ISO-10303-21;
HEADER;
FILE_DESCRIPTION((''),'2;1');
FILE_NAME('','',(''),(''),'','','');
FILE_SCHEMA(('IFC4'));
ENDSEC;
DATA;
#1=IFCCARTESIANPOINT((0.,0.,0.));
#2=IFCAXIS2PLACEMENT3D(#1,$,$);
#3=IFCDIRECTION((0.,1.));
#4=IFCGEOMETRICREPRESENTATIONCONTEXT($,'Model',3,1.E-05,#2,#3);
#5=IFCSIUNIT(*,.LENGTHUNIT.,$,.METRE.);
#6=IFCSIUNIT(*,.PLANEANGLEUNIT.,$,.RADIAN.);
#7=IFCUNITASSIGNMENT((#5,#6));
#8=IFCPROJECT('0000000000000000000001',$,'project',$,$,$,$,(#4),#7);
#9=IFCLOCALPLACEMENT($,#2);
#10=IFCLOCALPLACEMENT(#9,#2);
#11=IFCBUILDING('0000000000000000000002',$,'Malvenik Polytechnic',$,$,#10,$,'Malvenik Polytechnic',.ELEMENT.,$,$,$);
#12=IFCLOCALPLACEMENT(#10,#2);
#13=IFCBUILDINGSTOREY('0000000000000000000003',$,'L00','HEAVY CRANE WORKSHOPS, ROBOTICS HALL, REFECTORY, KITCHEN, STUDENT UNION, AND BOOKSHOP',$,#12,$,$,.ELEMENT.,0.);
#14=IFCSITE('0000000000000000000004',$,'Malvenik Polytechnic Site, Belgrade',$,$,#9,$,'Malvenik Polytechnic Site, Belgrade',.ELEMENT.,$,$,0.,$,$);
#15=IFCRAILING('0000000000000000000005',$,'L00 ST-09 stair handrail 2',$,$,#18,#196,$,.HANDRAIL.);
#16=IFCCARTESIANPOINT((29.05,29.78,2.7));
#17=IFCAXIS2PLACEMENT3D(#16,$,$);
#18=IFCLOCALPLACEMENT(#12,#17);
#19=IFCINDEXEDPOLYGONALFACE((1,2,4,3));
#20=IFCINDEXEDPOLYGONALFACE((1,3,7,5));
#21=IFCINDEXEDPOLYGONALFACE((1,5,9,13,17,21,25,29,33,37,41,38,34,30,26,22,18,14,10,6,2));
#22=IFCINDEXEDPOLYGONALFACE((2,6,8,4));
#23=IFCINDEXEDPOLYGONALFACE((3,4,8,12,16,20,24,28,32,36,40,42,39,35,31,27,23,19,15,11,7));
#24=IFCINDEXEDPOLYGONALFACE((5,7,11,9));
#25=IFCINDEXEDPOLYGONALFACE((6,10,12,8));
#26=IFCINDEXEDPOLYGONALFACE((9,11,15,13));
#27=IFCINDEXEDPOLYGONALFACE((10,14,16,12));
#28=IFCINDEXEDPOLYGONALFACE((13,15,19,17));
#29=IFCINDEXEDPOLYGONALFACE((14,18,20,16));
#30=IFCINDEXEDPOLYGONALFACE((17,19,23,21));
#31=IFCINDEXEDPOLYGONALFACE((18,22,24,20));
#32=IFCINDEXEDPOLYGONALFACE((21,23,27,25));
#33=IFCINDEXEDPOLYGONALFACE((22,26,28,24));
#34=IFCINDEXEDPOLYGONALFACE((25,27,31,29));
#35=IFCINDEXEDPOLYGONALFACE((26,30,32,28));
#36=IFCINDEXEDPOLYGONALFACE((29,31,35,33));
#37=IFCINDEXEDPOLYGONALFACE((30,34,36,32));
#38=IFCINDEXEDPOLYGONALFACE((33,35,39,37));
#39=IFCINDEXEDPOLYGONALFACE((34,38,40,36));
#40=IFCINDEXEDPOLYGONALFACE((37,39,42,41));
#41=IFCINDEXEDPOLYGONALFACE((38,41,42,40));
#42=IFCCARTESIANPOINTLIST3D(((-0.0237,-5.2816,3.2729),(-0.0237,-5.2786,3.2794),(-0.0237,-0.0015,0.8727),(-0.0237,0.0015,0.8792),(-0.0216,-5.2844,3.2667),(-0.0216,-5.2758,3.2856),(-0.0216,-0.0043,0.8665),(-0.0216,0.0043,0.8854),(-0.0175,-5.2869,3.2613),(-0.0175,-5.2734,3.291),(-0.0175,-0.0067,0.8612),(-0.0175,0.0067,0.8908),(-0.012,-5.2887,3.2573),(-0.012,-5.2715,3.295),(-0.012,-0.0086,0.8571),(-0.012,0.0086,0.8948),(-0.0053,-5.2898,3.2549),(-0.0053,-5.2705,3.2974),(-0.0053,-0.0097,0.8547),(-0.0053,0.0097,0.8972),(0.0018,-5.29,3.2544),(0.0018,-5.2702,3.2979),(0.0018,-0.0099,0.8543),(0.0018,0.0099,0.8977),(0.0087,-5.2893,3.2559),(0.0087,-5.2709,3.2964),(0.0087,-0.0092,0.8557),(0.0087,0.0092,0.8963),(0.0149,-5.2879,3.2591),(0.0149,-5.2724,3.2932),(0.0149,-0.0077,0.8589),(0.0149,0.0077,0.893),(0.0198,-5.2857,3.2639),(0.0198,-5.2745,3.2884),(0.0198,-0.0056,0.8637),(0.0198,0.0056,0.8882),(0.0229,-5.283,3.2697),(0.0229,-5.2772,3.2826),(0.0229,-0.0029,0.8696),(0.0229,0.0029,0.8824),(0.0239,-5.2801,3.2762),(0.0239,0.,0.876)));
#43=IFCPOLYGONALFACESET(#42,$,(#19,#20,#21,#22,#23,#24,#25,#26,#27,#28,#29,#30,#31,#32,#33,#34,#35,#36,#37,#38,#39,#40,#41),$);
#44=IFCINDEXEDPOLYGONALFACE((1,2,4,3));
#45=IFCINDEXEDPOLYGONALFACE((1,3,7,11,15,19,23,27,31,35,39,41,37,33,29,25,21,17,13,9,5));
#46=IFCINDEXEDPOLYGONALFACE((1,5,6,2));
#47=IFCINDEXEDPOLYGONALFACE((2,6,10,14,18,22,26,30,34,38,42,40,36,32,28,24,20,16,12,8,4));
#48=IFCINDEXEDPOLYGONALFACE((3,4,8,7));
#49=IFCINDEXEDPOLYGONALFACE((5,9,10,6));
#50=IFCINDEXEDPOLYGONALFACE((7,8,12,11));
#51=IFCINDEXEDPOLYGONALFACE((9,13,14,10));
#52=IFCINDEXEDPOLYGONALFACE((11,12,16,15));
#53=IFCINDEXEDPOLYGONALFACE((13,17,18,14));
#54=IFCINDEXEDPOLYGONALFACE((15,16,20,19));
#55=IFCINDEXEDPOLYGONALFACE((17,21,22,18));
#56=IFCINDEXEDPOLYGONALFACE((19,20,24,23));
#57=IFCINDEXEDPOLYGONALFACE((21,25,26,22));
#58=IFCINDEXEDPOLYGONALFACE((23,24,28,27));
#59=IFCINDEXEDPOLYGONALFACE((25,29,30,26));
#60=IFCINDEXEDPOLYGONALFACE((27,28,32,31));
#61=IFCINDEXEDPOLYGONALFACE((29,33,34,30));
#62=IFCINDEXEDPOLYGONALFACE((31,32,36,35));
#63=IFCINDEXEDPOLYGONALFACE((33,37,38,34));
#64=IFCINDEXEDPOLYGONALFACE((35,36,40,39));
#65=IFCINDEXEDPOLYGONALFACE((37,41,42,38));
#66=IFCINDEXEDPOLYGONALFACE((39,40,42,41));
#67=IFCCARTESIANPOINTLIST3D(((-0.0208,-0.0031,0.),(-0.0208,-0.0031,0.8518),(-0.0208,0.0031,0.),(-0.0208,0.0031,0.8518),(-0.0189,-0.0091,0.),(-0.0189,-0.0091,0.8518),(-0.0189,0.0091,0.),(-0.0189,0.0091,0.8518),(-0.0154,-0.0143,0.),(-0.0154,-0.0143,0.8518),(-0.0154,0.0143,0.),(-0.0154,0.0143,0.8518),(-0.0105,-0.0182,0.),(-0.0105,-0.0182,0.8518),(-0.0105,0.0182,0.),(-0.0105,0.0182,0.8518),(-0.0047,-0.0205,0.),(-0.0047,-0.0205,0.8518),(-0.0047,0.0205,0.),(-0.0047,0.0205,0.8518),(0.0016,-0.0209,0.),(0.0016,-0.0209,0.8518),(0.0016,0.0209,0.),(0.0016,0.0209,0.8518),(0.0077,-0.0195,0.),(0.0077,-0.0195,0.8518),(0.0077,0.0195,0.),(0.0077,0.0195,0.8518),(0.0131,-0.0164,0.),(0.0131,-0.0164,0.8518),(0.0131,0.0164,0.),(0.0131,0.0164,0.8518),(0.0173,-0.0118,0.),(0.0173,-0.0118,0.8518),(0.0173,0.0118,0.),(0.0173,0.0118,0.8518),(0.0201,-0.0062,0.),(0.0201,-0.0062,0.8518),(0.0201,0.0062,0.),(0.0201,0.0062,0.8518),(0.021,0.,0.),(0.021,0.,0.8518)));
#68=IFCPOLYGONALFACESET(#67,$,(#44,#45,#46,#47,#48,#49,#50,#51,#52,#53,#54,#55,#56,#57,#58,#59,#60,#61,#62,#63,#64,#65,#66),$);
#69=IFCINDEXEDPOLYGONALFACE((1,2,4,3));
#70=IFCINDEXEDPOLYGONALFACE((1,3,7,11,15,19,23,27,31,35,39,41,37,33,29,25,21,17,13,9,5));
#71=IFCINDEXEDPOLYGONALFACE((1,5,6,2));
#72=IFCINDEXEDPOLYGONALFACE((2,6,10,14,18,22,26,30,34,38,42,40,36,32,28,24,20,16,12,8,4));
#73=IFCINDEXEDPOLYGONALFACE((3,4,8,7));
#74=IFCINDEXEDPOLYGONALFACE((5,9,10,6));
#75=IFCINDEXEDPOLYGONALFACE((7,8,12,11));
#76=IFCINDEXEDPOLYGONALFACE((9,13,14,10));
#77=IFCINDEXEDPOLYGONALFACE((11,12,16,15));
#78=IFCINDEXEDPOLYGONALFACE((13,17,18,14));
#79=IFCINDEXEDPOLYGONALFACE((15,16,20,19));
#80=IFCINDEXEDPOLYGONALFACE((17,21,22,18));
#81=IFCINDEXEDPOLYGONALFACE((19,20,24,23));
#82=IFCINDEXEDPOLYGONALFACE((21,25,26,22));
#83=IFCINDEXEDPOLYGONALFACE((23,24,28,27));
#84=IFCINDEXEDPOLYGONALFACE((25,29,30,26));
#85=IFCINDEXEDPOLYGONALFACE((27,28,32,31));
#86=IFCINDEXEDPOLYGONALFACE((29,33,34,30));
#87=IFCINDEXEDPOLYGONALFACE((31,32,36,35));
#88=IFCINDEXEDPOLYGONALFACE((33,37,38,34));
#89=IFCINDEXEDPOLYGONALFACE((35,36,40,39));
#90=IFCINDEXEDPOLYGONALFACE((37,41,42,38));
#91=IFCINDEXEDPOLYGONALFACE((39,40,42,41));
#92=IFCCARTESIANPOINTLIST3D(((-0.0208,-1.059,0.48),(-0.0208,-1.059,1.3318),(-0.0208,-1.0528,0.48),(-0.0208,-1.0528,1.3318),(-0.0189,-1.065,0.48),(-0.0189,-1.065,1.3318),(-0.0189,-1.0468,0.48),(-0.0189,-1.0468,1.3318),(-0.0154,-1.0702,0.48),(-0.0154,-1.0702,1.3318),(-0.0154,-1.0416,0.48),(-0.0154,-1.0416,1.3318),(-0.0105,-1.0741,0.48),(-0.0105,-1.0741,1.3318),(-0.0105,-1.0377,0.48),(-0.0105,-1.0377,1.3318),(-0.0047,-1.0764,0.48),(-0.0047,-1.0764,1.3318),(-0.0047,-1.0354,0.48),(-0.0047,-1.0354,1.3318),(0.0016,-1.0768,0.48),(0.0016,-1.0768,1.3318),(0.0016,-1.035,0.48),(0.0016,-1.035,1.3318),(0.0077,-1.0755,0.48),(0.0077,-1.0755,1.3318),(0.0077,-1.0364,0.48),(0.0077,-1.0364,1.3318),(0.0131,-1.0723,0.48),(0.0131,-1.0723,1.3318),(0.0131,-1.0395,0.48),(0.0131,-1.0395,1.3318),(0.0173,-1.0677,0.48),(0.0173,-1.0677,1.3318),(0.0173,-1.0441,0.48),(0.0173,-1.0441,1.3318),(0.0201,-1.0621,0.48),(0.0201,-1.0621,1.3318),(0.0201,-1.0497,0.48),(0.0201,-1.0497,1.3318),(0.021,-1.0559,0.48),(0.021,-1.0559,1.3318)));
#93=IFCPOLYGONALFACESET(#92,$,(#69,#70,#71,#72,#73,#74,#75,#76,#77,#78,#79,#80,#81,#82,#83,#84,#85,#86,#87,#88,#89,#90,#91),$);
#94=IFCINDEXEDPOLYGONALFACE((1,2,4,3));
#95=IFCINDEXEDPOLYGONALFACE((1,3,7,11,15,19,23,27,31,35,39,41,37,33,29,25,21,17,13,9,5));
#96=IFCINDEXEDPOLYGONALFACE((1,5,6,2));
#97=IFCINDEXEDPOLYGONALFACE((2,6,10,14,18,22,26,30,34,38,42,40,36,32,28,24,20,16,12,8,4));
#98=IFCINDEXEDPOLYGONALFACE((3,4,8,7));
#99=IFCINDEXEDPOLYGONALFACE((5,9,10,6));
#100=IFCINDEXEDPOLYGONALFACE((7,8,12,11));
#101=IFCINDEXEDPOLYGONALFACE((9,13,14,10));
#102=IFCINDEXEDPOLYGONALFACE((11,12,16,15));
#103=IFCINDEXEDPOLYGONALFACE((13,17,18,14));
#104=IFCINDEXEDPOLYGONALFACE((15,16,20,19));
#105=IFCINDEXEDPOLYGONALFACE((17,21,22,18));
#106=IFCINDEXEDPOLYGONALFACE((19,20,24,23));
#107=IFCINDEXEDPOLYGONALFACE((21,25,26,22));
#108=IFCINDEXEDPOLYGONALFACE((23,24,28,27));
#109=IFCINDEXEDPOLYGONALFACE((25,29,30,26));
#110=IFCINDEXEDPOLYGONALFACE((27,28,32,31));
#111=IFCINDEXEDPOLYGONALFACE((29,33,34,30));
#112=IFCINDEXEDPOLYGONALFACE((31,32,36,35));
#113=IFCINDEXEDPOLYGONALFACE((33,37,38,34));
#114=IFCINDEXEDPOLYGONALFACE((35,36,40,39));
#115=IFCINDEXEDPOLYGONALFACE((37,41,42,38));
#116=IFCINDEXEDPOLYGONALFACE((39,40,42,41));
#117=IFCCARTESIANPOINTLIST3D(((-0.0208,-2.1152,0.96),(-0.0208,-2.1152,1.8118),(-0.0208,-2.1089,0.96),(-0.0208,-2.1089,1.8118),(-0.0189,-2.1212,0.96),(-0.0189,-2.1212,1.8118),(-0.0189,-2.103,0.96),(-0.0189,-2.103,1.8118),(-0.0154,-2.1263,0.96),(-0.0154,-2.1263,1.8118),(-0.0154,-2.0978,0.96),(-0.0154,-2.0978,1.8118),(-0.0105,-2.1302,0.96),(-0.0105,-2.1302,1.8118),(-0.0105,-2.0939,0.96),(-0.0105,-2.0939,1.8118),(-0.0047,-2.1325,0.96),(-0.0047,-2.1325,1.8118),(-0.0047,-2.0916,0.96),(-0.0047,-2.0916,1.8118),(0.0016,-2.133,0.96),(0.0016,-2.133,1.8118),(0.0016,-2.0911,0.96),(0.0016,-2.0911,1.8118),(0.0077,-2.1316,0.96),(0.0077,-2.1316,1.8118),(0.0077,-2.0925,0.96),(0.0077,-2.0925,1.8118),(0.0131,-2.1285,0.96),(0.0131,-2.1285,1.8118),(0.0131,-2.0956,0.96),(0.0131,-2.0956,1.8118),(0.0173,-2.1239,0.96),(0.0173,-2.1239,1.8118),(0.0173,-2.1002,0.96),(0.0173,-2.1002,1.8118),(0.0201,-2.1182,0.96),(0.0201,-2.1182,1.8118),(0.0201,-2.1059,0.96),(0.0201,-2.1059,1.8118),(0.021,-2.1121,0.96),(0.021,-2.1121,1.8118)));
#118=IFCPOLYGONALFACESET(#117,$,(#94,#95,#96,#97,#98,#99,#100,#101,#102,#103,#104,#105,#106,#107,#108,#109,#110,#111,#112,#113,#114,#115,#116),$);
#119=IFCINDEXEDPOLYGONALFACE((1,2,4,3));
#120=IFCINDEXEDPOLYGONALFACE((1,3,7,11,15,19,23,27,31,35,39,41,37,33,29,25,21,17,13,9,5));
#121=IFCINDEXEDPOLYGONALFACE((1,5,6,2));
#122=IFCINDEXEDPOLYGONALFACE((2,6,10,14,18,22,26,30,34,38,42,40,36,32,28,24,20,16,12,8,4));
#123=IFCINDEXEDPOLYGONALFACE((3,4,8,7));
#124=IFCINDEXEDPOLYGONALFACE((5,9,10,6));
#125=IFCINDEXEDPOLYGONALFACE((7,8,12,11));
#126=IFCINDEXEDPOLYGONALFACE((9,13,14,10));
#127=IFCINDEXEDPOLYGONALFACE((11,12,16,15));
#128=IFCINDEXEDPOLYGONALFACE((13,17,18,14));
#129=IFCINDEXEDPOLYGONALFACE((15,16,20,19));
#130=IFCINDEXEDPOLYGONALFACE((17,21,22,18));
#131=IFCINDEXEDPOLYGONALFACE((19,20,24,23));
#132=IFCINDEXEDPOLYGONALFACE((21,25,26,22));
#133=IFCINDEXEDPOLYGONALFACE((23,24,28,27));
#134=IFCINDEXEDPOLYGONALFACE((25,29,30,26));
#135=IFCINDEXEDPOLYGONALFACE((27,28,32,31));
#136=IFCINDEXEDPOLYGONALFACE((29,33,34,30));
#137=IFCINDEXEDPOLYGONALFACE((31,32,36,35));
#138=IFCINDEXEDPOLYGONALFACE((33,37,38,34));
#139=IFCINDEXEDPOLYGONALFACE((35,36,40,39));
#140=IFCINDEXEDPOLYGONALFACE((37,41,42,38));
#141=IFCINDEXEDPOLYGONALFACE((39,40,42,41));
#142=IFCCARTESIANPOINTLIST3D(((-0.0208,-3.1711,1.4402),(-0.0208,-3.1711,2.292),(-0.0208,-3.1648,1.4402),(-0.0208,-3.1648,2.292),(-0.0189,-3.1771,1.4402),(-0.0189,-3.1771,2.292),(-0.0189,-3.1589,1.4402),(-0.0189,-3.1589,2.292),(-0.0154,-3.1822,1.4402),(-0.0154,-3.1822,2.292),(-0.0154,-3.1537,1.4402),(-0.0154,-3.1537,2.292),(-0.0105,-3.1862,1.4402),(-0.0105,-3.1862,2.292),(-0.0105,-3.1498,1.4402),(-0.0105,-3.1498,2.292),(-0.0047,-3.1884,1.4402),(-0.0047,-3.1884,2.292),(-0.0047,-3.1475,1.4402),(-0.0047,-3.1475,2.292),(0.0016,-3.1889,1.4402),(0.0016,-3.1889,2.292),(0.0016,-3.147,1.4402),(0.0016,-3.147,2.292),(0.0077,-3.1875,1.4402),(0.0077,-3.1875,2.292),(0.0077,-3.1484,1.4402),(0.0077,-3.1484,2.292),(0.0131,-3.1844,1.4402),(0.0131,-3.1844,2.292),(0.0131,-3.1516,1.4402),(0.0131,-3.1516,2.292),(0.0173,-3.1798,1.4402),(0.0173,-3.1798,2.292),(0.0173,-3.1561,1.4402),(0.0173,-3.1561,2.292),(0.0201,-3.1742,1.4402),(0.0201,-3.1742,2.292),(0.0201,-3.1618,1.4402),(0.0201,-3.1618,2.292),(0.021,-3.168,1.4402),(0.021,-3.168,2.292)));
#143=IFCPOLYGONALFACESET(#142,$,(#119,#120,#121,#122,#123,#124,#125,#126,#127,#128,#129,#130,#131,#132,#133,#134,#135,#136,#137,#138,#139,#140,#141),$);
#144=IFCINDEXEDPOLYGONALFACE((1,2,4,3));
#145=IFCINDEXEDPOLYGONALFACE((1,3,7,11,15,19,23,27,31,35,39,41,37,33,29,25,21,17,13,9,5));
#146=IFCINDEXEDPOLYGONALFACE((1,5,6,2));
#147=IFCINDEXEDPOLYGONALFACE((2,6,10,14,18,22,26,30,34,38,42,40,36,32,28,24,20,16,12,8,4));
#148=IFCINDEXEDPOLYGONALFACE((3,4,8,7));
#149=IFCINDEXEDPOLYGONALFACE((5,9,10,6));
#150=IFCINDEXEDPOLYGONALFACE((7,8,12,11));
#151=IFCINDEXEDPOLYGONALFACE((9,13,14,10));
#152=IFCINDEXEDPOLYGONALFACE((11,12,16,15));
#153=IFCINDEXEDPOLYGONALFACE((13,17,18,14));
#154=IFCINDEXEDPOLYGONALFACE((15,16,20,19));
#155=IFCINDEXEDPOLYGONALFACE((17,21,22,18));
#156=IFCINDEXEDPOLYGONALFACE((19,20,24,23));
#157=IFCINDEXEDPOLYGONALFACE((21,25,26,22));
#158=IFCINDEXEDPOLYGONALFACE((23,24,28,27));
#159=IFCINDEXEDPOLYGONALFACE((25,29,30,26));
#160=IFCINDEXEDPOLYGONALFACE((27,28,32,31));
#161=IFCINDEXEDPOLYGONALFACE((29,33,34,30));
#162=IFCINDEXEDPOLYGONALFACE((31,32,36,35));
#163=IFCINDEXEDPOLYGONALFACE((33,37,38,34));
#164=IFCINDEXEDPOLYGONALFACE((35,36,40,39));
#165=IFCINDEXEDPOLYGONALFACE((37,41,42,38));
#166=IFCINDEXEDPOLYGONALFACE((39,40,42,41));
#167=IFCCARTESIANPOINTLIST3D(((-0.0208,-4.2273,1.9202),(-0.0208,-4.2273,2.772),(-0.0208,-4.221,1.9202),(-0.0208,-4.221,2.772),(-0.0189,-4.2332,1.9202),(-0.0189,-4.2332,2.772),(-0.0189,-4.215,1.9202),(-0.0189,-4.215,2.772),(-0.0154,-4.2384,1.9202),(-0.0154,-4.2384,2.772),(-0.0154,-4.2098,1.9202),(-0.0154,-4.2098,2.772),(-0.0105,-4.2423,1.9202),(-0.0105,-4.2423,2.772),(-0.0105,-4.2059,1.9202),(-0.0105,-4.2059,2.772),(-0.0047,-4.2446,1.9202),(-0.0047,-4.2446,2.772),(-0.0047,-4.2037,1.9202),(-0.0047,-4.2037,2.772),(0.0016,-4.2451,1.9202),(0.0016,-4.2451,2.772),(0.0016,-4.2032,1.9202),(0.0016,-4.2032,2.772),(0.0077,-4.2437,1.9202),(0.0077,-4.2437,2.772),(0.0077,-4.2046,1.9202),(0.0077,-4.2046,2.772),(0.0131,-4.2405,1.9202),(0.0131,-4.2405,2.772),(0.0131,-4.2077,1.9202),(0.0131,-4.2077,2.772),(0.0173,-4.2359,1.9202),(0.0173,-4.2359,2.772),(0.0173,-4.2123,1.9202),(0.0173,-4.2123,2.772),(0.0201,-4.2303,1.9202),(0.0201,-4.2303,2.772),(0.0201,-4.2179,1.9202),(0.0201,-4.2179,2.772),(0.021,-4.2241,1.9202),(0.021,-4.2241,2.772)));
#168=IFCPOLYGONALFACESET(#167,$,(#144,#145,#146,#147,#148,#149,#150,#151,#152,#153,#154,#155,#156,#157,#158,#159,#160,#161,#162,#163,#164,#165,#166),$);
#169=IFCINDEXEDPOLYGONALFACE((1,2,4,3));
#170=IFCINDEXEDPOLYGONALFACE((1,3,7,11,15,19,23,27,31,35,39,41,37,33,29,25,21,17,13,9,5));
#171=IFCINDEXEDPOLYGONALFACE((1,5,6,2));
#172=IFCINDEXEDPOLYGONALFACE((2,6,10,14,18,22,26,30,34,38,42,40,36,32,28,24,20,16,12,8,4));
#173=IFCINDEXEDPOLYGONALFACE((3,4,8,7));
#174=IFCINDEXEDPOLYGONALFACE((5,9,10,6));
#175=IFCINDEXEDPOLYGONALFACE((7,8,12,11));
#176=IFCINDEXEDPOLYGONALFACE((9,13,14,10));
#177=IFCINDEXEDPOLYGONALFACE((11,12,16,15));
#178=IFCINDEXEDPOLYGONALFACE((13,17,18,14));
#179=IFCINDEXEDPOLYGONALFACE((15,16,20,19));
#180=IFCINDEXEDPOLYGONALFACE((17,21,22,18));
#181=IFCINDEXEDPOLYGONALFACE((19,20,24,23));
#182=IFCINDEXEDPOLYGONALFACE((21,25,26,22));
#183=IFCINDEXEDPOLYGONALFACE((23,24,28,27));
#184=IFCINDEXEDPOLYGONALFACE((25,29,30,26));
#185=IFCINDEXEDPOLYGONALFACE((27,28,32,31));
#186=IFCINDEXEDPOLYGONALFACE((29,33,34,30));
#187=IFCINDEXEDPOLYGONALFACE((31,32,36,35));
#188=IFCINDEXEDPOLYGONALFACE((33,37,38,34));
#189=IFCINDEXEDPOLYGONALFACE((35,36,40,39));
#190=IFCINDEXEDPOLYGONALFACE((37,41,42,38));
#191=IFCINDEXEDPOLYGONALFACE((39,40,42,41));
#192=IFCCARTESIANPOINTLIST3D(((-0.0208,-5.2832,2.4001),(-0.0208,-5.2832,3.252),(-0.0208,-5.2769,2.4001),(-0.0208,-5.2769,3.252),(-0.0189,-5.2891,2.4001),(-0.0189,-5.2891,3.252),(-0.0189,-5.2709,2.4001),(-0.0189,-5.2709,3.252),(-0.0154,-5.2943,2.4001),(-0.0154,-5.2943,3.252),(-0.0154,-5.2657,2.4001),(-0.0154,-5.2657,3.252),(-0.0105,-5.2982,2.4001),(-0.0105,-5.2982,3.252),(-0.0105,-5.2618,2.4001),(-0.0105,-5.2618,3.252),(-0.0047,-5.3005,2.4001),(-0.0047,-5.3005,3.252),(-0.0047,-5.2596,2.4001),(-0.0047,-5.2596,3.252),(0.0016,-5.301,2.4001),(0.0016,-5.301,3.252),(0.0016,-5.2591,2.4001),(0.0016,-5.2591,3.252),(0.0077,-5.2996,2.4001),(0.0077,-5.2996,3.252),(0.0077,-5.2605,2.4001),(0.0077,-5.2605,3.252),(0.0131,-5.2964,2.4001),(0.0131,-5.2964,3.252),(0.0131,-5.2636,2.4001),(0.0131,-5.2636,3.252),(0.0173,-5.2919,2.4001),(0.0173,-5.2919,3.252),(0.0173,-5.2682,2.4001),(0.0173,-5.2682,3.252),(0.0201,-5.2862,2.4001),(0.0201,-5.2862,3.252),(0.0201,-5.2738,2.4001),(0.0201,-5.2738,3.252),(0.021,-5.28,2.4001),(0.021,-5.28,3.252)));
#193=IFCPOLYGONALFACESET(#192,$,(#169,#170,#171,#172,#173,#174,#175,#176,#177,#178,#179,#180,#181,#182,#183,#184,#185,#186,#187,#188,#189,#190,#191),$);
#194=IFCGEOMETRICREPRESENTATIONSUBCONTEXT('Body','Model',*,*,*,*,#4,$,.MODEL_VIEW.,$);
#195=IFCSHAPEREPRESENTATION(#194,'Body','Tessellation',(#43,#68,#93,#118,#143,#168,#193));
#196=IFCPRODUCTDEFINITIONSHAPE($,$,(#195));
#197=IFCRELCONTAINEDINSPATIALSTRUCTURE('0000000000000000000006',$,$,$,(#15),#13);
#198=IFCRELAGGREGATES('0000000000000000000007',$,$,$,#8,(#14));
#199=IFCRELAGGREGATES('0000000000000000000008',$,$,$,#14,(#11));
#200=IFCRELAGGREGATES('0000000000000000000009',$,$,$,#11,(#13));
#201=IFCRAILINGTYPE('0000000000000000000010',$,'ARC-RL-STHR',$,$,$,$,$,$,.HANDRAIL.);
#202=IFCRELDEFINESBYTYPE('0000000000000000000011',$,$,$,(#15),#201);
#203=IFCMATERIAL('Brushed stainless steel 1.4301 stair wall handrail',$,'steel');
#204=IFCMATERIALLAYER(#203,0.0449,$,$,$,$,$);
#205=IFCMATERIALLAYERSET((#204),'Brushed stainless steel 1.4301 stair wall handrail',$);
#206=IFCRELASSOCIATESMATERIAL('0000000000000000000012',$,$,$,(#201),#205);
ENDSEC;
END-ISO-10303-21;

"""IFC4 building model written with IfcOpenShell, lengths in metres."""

from ifc_helpers import new_model, si_unit, direction, frame, origin, origin_2d, place, context, subcontext, project, spatial, circle, extrude, material, layer, layer_set, type_object, element, save


model = new_model("IFC4")

# Units and contexts
model_context = context("Model", 3, precision=1e-05, world=origin(), true_north=direction((0.0, 1.0)))
body_context = subcontext(model_context, "Body", "Model", "MODEL_VIEW")
ifc_project = project(units=[si_unit("LENGTHUNIT", "METRE"), si_unit("PLANEANGLEUNIT", "RADIAN")], contexts=[model_context])

# Site, building, storey
site_placement = place(None, origin())
site = spatial("IfcSite", under=ifc_project, at=site_placement, Name="Malvenik Polytechnic Site, Belgrade", LongName="Malvenik Polytechnic Site, Belgrade", CompositionType="ELEMENT", RefElevation=0.0)
building_placement = place(site_placement, origin())
building = spatial("IfcBuilding", under=site, at=building_placement, Name="Malvenik Polytechnic", LongName="Malvenik Polytechnic", CompositionType="ELEMENT")
storey_placement = place(building_placement, origin())
storey = spatial("IfcBuildingStorey", under=building, at=storey_placement, Name="L00", Description="HEAVY CRANE WORKSHOPS, ROBOTICS HALL, REFECTORY, KITCHEN, STUDENT UNION, AND BOOKSHOP", CompositionType="ELEMENT", Elevation=0.0)

# Railing
ifc_material_1 = material(Name="Brushed stainless steel 1.4301 stair wall handrail", Category="steel")
ifc_layer_1 = layer(ifc_material_1, 0.0449)
ifc_layer_set_1 = layer_set([ifc_layer_1], Name="Brushed stainless steel 1.4301 stair wall handrail")
railing_type_1 = type_object("IfcRailingType", Name="ARC-RL-STHR", PredefinedType="HANDRAIL", material=ifc_layer_set_1)
railing_1_placement = place(storey_placement, frame((29.05, 29.78, 2.7)))
element("IfcRailing", 1, at=railing_1_placement, inside=storey, type_object=railing_type_1, Name="L00 ST-09 stair handrail 2", PredefinedType="HANDRAIL", context=body_context, shape_type="SweptSolid", body=[
    extrude(circle(Radius=0.0239, at=origin_2d()), frame((0.0, 0.0, 0.876), z_axis=(0.0, -0.910358, 0.413822), x_axis=(1.0, 0.0, 0.0)), (0.0, 0.0, 1.0), 5.8),
    extrude(circle(Radius=0.021, at=origin_2d()), origin(), (0.0, 0.0, 1.0), 0.8518),
    extrude(circle(Radius=0.021, at=origin_2d()), frame((0.0, -1.0559, 0.48)), (0.0, 0.0, 1.0), 0.8518),
    extrude(circle(Radius=0.021, at=origin_2d()), frame((0.0, -2.1121, 0.96)), (0.0, 0.0, 1.0), 0.8518),
    extrude(circle(Radius=0.021, at=origin_2d()), frame((0.0, -3.168, 1.4402)), (0.0, 0.0, 1.0), 0.8518),
    extrude(circle(Radius=0.021, at=origin_2d()), frame((0.0, -4.2241, 1.9202)), (0.0, 0.0, 1.0), 0.8518),
    extrude(circle(Radius=0.021, at=origin_2d()), frame((0.0, -5.28, 2.4001)), (0.0, 0.0, 1.0), 0.8518),
])

save(model, "model.ifc")
